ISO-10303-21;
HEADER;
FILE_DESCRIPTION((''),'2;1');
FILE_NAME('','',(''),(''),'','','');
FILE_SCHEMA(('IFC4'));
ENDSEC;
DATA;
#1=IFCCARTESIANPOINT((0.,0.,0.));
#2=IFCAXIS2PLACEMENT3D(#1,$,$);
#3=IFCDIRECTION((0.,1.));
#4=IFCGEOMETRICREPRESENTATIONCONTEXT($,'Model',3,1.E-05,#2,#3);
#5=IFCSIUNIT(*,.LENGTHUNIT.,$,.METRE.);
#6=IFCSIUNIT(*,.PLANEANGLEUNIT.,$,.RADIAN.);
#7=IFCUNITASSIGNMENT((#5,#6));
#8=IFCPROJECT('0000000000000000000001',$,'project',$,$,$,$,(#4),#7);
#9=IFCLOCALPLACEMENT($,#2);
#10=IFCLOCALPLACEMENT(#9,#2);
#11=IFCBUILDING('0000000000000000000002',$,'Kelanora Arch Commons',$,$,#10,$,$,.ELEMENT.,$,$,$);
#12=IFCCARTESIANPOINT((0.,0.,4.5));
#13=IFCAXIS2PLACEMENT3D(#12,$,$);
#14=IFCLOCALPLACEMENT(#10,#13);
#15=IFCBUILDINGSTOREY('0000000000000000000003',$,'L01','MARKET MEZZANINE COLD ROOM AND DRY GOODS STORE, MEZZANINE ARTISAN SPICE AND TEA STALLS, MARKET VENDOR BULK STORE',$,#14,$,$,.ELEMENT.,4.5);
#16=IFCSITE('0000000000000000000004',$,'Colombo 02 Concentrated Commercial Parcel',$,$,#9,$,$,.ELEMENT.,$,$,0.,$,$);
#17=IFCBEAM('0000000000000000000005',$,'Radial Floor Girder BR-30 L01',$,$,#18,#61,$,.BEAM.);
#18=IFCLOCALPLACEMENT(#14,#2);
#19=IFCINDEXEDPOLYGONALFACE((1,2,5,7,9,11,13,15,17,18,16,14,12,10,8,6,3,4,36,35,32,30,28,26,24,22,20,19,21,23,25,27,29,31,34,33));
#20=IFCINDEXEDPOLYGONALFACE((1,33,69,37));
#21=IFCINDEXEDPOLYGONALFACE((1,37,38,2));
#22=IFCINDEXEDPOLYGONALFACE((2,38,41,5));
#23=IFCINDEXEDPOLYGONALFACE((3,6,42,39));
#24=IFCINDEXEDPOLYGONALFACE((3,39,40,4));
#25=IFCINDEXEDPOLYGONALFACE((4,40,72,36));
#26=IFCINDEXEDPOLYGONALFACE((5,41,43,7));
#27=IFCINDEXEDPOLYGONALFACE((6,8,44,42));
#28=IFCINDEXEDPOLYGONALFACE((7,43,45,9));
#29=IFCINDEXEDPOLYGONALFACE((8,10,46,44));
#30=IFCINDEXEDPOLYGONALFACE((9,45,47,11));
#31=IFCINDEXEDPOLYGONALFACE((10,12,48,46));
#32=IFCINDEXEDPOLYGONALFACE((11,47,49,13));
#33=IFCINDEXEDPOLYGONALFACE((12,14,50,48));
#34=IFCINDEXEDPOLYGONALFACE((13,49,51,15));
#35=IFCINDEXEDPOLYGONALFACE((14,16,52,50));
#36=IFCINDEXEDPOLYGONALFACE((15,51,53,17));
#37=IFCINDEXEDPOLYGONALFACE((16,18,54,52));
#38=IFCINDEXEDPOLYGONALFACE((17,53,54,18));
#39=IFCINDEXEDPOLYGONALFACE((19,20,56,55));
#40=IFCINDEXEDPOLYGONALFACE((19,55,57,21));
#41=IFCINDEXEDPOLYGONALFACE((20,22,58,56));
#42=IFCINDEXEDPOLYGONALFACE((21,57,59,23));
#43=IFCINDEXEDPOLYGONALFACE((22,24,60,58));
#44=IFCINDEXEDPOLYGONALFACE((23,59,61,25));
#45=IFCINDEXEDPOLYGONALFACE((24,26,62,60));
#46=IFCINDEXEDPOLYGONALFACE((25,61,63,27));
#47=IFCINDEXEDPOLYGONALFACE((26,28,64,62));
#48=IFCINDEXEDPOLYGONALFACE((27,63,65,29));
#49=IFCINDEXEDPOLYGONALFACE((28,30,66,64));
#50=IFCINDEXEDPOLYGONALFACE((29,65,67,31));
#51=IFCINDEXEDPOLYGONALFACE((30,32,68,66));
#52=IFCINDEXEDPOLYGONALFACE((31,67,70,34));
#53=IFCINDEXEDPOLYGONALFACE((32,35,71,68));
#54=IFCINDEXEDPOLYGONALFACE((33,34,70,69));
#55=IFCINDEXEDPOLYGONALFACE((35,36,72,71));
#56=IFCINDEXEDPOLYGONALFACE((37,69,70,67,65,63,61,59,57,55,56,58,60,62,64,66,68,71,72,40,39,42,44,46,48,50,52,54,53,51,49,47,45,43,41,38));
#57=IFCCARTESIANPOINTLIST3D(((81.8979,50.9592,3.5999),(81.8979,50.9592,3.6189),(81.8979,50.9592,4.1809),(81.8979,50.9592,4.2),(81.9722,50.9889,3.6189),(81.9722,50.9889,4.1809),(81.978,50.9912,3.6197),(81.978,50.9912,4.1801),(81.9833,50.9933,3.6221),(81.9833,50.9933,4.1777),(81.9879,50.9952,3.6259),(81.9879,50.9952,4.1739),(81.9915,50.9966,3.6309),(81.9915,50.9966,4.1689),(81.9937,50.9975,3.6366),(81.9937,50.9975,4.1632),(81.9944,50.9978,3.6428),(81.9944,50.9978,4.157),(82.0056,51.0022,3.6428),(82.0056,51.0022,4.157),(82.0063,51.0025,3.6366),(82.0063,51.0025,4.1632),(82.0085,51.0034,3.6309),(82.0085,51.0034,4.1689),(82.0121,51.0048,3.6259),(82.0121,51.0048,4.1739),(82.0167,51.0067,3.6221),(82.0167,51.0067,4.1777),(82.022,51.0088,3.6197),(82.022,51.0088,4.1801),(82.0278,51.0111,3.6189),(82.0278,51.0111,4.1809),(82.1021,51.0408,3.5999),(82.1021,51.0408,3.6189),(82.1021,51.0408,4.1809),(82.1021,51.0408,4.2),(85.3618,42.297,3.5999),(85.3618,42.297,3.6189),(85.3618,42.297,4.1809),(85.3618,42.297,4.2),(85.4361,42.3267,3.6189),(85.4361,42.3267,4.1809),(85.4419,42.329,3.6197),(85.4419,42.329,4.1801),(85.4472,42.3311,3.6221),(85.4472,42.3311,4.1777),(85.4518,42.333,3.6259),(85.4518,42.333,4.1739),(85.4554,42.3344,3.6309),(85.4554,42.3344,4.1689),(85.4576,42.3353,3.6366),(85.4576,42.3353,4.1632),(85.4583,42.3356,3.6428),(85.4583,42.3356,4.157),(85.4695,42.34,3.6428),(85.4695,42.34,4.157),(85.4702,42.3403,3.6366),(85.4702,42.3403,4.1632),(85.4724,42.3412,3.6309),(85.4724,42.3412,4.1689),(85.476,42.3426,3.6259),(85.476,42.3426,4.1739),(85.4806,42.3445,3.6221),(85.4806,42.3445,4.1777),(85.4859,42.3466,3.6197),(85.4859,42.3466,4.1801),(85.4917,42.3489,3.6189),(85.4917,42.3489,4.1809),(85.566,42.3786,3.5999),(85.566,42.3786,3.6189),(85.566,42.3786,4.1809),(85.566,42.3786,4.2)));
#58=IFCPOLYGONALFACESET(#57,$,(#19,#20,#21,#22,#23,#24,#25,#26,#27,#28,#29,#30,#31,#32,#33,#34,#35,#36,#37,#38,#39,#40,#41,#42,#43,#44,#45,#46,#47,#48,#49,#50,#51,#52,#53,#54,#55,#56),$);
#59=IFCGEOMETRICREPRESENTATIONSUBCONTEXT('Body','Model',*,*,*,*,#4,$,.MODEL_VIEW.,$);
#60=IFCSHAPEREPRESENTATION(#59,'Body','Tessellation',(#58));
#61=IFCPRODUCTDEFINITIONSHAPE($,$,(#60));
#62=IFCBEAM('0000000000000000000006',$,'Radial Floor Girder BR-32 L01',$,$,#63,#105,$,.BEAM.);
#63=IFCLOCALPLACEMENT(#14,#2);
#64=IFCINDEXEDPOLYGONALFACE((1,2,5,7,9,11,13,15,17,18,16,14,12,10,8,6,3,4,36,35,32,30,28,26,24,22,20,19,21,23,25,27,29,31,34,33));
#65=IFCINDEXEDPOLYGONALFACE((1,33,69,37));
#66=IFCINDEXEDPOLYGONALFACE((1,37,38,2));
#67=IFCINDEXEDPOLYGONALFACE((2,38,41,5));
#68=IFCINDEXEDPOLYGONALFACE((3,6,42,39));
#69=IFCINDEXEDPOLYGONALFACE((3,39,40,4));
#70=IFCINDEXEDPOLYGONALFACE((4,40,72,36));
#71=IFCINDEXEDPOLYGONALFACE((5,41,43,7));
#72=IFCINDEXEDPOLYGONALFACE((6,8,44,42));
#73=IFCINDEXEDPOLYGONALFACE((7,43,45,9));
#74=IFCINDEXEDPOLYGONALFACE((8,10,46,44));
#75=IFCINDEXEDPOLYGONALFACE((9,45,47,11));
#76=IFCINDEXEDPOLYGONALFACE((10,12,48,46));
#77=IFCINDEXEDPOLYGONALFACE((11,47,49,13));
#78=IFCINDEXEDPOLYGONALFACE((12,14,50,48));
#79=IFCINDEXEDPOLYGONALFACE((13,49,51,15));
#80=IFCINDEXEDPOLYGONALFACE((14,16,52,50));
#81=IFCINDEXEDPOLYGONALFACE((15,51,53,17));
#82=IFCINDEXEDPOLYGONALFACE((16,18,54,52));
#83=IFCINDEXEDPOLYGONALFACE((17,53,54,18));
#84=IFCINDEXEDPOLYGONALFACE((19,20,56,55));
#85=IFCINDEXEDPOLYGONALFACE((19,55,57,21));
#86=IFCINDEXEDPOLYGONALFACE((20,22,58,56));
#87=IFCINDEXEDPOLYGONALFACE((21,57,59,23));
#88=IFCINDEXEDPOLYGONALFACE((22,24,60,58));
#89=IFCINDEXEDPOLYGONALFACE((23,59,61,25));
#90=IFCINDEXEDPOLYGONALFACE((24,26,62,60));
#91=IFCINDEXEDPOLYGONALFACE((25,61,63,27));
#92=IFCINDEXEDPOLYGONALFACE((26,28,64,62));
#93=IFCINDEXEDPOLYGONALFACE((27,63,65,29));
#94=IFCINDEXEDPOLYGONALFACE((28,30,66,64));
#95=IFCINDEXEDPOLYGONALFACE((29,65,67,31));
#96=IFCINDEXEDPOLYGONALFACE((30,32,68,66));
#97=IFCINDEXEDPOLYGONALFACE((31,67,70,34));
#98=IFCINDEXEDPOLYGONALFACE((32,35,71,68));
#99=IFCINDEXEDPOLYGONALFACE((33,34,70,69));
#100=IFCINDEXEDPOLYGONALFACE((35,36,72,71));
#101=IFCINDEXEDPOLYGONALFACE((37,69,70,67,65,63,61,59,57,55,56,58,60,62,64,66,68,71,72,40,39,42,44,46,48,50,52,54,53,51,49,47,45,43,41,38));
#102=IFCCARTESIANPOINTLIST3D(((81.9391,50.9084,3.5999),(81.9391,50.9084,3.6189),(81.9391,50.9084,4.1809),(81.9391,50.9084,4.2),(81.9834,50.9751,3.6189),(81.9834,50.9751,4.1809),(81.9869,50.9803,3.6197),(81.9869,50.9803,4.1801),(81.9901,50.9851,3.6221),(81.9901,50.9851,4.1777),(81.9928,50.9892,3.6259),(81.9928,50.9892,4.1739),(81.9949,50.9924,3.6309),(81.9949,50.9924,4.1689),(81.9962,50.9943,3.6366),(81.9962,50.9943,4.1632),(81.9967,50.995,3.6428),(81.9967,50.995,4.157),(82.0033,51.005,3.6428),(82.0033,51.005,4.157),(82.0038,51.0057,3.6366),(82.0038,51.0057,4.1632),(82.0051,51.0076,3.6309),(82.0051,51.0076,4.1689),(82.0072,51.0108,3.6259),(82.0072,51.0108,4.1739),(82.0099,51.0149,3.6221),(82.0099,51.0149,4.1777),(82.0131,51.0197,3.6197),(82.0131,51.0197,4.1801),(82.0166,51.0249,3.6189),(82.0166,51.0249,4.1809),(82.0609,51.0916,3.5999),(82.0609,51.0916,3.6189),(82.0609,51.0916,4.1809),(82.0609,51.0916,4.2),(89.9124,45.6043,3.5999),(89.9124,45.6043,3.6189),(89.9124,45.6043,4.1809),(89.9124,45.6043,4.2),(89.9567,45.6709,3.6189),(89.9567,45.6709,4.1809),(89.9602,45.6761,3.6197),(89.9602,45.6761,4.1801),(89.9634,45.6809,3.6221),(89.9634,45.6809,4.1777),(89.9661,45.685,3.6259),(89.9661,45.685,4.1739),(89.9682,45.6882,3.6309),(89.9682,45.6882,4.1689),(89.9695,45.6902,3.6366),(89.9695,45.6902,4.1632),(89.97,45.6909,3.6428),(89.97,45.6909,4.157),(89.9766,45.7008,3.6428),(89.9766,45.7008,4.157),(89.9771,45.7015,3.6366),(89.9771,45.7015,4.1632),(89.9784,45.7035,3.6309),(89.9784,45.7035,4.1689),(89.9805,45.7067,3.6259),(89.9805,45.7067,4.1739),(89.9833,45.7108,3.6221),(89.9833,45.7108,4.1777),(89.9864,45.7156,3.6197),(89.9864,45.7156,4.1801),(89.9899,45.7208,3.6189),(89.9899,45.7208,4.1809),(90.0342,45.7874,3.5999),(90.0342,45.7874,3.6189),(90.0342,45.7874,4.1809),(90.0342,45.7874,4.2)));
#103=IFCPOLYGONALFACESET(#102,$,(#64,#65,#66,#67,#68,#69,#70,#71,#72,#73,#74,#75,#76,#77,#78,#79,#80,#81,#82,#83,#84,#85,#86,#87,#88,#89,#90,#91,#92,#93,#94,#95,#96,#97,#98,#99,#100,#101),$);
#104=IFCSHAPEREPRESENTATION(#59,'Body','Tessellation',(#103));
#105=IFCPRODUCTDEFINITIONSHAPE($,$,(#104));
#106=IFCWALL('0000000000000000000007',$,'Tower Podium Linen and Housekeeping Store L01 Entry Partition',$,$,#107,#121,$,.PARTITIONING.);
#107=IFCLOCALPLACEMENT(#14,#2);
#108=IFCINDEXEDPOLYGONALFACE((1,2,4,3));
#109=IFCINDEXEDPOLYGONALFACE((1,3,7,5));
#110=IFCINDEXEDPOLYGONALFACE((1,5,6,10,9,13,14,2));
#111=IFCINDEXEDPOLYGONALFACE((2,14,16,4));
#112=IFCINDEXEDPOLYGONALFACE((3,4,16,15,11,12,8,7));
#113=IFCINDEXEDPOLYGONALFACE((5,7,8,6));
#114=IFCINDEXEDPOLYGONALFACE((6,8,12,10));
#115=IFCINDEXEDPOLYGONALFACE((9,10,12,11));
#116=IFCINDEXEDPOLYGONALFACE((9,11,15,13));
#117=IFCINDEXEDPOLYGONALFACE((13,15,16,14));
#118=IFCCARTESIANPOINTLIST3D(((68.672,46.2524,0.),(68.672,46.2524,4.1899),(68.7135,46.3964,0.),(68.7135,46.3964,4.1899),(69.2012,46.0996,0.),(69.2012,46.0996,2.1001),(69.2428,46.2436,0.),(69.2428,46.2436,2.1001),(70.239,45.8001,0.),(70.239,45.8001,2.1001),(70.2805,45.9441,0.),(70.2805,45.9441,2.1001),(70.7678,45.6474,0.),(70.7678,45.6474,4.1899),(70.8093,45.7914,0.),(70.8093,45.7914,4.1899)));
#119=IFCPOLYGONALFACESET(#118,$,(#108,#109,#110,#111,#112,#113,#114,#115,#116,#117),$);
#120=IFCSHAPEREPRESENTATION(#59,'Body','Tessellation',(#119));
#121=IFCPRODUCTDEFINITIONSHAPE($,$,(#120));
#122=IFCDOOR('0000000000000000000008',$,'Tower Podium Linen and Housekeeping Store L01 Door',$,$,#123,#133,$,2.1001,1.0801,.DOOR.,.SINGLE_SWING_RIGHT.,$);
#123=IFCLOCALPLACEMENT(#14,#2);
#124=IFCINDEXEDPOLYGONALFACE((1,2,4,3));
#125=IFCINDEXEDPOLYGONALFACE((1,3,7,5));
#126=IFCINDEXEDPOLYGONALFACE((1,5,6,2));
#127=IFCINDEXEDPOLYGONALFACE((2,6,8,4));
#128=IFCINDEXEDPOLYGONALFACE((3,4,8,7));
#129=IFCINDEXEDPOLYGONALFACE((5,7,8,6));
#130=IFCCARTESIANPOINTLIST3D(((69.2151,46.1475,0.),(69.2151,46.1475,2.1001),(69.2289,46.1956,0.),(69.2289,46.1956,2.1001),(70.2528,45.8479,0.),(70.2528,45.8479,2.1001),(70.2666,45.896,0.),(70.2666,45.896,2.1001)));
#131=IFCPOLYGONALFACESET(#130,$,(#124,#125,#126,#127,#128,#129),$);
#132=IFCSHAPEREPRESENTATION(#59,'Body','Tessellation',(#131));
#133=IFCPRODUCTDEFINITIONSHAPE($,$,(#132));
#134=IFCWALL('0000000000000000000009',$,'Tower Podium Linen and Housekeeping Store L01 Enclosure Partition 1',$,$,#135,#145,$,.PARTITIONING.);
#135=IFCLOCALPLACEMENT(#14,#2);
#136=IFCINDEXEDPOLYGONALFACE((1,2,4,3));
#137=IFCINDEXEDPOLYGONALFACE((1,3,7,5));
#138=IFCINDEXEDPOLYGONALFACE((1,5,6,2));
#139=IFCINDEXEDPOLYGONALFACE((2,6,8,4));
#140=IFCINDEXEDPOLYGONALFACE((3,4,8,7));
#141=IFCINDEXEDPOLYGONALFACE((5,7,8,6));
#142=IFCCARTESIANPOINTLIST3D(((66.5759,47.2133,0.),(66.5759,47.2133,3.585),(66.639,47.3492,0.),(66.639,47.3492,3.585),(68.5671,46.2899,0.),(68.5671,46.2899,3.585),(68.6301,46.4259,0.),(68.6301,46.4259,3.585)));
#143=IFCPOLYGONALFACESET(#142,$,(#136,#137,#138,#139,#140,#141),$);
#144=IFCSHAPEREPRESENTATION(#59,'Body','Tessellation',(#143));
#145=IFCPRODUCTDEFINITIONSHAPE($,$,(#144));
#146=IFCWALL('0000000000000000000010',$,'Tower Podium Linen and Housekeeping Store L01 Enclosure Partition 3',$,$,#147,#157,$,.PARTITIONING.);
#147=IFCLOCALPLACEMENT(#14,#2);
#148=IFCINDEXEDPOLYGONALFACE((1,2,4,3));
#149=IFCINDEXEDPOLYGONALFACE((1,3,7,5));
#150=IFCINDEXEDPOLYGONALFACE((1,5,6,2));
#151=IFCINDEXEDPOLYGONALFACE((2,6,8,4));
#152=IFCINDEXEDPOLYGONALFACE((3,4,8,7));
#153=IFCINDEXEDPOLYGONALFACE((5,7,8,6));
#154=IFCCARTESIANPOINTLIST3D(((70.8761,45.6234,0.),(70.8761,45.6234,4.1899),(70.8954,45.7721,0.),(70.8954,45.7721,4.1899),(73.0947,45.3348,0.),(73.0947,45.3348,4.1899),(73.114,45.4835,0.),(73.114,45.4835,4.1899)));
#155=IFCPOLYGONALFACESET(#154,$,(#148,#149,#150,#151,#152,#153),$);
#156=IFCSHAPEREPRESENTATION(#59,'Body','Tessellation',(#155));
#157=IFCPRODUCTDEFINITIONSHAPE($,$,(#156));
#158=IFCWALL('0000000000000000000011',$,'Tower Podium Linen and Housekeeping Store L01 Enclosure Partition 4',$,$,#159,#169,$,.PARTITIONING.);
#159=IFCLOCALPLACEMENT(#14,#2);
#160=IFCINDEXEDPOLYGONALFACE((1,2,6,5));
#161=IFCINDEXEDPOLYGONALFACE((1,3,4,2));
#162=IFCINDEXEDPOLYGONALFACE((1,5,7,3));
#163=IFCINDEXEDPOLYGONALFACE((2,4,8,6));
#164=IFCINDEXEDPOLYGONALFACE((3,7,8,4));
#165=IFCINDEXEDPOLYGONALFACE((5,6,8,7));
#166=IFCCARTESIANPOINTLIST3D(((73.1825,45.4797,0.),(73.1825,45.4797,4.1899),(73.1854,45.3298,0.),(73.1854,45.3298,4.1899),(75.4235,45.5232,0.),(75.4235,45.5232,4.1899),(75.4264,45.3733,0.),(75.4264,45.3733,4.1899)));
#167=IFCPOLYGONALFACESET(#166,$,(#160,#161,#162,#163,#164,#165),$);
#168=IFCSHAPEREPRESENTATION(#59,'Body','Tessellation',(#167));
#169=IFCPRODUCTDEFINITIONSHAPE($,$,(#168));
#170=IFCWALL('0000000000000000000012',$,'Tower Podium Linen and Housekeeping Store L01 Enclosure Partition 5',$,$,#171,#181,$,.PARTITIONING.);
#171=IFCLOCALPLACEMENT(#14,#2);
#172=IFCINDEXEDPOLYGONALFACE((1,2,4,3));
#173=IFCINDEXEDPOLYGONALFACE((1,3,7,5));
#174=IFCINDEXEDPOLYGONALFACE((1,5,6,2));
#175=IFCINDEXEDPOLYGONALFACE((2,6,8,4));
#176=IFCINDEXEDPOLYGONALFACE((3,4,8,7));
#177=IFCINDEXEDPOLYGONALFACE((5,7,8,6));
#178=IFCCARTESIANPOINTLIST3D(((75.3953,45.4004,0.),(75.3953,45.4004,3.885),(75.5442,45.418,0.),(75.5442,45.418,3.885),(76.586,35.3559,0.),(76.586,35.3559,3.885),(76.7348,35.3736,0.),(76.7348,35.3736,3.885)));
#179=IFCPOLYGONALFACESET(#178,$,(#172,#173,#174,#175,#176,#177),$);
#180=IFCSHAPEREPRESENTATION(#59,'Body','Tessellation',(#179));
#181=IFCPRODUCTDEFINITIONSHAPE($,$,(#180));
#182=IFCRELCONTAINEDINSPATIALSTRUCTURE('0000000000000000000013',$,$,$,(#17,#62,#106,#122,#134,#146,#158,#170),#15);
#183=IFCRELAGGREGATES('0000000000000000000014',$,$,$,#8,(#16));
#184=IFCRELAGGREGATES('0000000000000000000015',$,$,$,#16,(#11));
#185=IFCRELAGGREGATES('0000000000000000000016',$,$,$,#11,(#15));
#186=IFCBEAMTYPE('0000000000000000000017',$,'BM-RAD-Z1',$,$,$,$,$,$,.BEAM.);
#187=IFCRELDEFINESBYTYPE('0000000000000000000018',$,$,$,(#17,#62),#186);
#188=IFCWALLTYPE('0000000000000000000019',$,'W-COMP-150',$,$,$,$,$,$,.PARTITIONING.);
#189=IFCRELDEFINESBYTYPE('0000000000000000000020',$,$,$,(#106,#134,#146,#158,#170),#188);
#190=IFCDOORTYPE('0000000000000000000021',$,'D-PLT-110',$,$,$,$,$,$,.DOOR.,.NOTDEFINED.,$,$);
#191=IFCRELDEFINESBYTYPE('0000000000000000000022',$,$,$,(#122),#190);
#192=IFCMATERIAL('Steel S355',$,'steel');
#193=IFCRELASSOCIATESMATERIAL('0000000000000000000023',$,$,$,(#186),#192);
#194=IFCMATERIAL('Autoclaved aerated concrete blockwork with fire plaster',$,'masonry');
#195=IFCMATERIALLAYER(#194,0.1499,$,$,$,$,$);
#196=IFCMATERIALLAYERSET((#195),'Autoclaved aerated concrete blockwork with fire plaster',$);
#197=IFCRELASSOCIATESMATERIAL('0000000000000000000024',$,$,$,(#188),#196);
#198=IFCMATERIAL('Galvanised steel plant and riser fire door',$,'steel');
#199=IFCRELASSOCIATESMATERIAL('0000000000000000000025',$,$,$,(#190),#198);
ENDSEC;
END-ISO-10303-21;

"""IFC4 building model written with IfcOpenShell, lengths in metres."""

from ifc_helpers import new_model, si_unit, direction, frame, frame_2d, origin, origin_2d, place, context, subcontext, project, spatial, rectangle, i_section, extrude, material, layer, layer_set, material_profile, profile_set, type_object, element, fill, save


model = new_model("IFC4")

# Units and contexts
model_context = context("Model", 3, precision=1e-05, world=origin(), true_north=direction((0.0, 1.0)))
body_context = subcontext(model_context, "Body", "Model", "MODEL_VIEW")
ifc_project = project(units=[si_unit("LENGTHUNIT", "METRE"), si_unit("PLANEANGLEUNIT", "RADIAN")], contexts=[model_context])

# Site, building, storey
site_placement = place(None, origin())
site = spatial("IfcSite", under=ifc_project, at=site_placement, Name="Colombo 02 Concentrated Commercial Parcel", CompositionType="ELEMENT", RefElevation=0.0)
building_placement = place(site_placement, origin())
building = spatial("IfcBuilding", under=site, at=building_placement, Name="Kelanora Arch Commons", CompositionType="ELEMENT")
storey_placement = place(building_placement, frame((0.0, 0.0, 4.5)))
storey = spatial("IfcBuildingStorey", under=building, at=storey_placement, Name="L01", Description="MARKET MEZZANINE COLD ROOM AND DRY GOODS STORE, MEZZANINE ARTISAN SPICE AND TEA STALLS, MARKET VENDOR BULK STORE", CompositionType="ELEMENT", Elevation=4.5)

# Beams
ifc_material_1 = material(Name="Steel S355", Category="steel")
ifc_material_profile_1 = material_profile(ifc_material_1, i_section(OverallWidth=0.22, OverallDepth=0.6001, WebThickness=0.012, FlangeThickness=0.019, FilletRadius=0.0239, at=origin_2d()), Name="IPE600")
ifc_profile_set_1 = profile_set([ifc_material_profile_1], Name="Steel S355")
beam_type_1 = type_object("IfcBeamType", Name="BM-RAD-Z1", PredefinedType="BEAM", material=ifc_profile_set_1)
beam_1_placement = place(storey_placement, frame((82.0, 51.0, 3.8999), z_axis=(0.3713, -0.928513, 0.0), x_axis=(0.928513, 0.3713, 0.0)))
element("IfcBeam", 1, at=beam_1_placement, inside=storey, type_object=beam_type_1, Name="Radial Floor Girder BR-30 L01", PredefinedType="BEAM", context=body_context, shape_type="SweptSolid", body=[
    extrude(i_section(OverallWidth=0.22, OverallDepth=0.6001, WebThickness=0.012, FlangeThickness=0.019, FilletRadius=0.0239, at=origin_2d()), origin(), (0.0, 0.0, 1.0), 9.3291),
])
beam_2_placement = place(storey_placement, frame((82.0, 51.0, 3.8999), z_axis=(0.832599, -0.553876, 0.0), x_axis=(0.553876, 0.832599, 0.0)))
element("IfcBeam", 2, at=beam_2_placement, inside=storey, type_object=beam_type_1, Name="Radial Floor Girder BR-32 L01", PredefinedType="BEAM", context=body_context, shape_type="SweptSolid", body=[
    extrude(i_section(OverallWidth=0.22, OverallDepth=0.6001, WebThickness=0.012, FlangeThickness=0.019, FilletRadius=0.0239, at=origin_2d()), origin(), (0.0, 0.0, 1.0), 9.5764),
])

# Wall, opening, door
ifc_material_2 = material(Name="Autoclaved aerated concrete blockwork with fire plaster", Category="masonry")
ifc_layer_1 = layer(ifc_material_2, 0.1499)
ifc_layer_set_1 = layer_set([ifc_layer_1], Name="Autoclaved aerated concrete blockwork with fire plaster")
wall_type_1 = type_object("IfcWallType", Name="W-COMP-150", PredefinedType="PARTITIONING", material=ifc_layer_set_1)
wall_1_placement = place(storey_placement, frame((68.6926, 46.3245, 0.0), z_axis=(0.0, 0.0, 1.0), x_axis=(0.960769, -0.277351, 0.0)))
wall_1 = element("IfcWall", 3, at=wall_1_placement, inside=storey, type_object=wall_type_1, Name="Tower Podium Linen and Housekeeping Store L01 Entry Partition", PredefinedType="PARTITIONING", context=body_context, shape_type="SweptSolid", body=[
    extrude(rectangle(XDim=2.1814, YDim=0.1499, at=frame_2d((1.0908, 0.0))), origin(), (0.0, 0.0, 1.0), 4.1899),
])
opening_1_placement = place(wall_1_placement, frame((0.551, 0.0, 0.0)))
opening_1 = element("IfcOpeningElement", 4, at=opening_1_placement, cuts=wall_1, PredefinedType="OPENING", context=body_context, shape_type="SweptSolid", body=[
    extrude(rectangle(XDim=1.0801, YDim=2.1001, at=frame_2d((0.54, 1.05))), frame((0.0, 0.085, 0.0), z_axis=(0.0, -1.0, 0.0), x_axis=(1.0, 0.0, 0.0)), (0.0, 0.0, 1.0), 0.1699),
])
ifc_material_3 = material(Name="Galvanised steel plant and riser fire door", Category="steel")
door_type_1 = type_object("IfcDoorType", Name="D-PLT-110", OperationType="NOTDEFINED", PredefinedType="DOOR", material=ifc_material_3)
door_1_placement = place(opening_1_placement, origin())
door_1 = element("IfcDoor", 5, at=door_1_placement, inside=storey, type_object=door_type_1, Name="Tower Podium Linen and Housekeeping Store L01 Door", OperationType="SINGLE_SWING_RIGHT", OverallHeight=2.1001, OverallWidth=1.0801, PredefinedType="DOOR", context=body_context, shape_type="SweptSolid", body=[
    extrude(rectangle(XDim=1.0801, YDim=2.1001, at=frame_2d((0.54, 1.05))), frame((0.0, 0.0249, 0.0), z_axis=(0.0, -1.0, 0.0), x_axis=(1.0, 0.0, 0.0)), (0.0, 0.0, 1.0), 0.05),
])
fill(opening_1, door_1)

# Walls
wall_2_placement = place(storey_placement, frame((66.6074, 47.2812, 0.0), z_axis=(0.0, 0.0, 1.0), x_axis=(0.907209, -0.42068, 0.0)))
element("IfcWall", 6, at=wall_2_placement, inside=storey, type_object=wall_type_1, Name="Tower Podium Linen and Housekeeping Store L01 Enclosure Partition 1", PredefinedType="PARTITIONING", context=body_context, shape_type="SweptSolid", body=[
    extrude(rectangle(XDim=2.1948, YDim=0.1499, at=frame_2d((1.0974, 0.0))), origin(), (0.0, 0.0, 1.0), 3.585),
])
wall_3_placement = place(storey_placement, frame((70.8857, 45.6978, 0.0), z_axis=(0.0, 0.0, 1.0), x_axis=(0.991646, -0.128989, 0.0)))
element("IfcWall", 7, at=wall_3_placement, inside=storey, type_object=wall_type_1, Name="Tower Podium Linen and Housekeeping Store L01 Enclosure Partition 3", PredefinedType="PARTITIONING", context=body_context, shape_type="SweptSolid", body=[
    extrude(rectangle(XDim=2.2373, YDim=0.1499, at=frame_2d((1.1187, 0.0))), origin(), (0.0, 0.0, 1.0), 4.1899),
])
wall_4_placement = place(storey_placement, frame((73.1841, 45.4048, 0.0), z_axis=(0.0, 0.0, 1.0), x_axis=(0.999812, 0.019388, 0.0)))
element("IfcWall", 8, at=wall_4_placement, inside=storey, type_object=wall_type_1, Name="Tower Podium Linen and Housekeeping Store L01 Enclosure Partition 4", PredefinedType="PARTITIONING", context=body_context, shape_type="SweptSolid", body=[
    extrude(rectangle(XDim=2.2415, YDim=0.1499, at=frame_2d((1.1206, 0.0))), origin(), (0.0, 0.0, 1.0), 4.1899),
])
wall_5_placement = place(storey_placement, frame((75.4697, 45.4092, 0.0), z_axis=(0.0, 0.0, 1.0), x_axis=(0.117716, -0.993047, 0.0)))
element("IfcWall", 9, at=wall_5_placement, inside=storey, type_object=wall_type_1, Name="Tower Podium Linen and Housekeeping Store L01 Enclosure Partition 5", PredefinedType="PARTITIONING", context=body_context, shape_type="SweptSolid", body=[
    extrude(rectangle(XDim=10.1147, YDim=0.1499, at=frame_2d((5.0574, 0.0))), origin(), (0.0, 0.0, 1.0), 3.885),
])

save(model, "model.ifc")
